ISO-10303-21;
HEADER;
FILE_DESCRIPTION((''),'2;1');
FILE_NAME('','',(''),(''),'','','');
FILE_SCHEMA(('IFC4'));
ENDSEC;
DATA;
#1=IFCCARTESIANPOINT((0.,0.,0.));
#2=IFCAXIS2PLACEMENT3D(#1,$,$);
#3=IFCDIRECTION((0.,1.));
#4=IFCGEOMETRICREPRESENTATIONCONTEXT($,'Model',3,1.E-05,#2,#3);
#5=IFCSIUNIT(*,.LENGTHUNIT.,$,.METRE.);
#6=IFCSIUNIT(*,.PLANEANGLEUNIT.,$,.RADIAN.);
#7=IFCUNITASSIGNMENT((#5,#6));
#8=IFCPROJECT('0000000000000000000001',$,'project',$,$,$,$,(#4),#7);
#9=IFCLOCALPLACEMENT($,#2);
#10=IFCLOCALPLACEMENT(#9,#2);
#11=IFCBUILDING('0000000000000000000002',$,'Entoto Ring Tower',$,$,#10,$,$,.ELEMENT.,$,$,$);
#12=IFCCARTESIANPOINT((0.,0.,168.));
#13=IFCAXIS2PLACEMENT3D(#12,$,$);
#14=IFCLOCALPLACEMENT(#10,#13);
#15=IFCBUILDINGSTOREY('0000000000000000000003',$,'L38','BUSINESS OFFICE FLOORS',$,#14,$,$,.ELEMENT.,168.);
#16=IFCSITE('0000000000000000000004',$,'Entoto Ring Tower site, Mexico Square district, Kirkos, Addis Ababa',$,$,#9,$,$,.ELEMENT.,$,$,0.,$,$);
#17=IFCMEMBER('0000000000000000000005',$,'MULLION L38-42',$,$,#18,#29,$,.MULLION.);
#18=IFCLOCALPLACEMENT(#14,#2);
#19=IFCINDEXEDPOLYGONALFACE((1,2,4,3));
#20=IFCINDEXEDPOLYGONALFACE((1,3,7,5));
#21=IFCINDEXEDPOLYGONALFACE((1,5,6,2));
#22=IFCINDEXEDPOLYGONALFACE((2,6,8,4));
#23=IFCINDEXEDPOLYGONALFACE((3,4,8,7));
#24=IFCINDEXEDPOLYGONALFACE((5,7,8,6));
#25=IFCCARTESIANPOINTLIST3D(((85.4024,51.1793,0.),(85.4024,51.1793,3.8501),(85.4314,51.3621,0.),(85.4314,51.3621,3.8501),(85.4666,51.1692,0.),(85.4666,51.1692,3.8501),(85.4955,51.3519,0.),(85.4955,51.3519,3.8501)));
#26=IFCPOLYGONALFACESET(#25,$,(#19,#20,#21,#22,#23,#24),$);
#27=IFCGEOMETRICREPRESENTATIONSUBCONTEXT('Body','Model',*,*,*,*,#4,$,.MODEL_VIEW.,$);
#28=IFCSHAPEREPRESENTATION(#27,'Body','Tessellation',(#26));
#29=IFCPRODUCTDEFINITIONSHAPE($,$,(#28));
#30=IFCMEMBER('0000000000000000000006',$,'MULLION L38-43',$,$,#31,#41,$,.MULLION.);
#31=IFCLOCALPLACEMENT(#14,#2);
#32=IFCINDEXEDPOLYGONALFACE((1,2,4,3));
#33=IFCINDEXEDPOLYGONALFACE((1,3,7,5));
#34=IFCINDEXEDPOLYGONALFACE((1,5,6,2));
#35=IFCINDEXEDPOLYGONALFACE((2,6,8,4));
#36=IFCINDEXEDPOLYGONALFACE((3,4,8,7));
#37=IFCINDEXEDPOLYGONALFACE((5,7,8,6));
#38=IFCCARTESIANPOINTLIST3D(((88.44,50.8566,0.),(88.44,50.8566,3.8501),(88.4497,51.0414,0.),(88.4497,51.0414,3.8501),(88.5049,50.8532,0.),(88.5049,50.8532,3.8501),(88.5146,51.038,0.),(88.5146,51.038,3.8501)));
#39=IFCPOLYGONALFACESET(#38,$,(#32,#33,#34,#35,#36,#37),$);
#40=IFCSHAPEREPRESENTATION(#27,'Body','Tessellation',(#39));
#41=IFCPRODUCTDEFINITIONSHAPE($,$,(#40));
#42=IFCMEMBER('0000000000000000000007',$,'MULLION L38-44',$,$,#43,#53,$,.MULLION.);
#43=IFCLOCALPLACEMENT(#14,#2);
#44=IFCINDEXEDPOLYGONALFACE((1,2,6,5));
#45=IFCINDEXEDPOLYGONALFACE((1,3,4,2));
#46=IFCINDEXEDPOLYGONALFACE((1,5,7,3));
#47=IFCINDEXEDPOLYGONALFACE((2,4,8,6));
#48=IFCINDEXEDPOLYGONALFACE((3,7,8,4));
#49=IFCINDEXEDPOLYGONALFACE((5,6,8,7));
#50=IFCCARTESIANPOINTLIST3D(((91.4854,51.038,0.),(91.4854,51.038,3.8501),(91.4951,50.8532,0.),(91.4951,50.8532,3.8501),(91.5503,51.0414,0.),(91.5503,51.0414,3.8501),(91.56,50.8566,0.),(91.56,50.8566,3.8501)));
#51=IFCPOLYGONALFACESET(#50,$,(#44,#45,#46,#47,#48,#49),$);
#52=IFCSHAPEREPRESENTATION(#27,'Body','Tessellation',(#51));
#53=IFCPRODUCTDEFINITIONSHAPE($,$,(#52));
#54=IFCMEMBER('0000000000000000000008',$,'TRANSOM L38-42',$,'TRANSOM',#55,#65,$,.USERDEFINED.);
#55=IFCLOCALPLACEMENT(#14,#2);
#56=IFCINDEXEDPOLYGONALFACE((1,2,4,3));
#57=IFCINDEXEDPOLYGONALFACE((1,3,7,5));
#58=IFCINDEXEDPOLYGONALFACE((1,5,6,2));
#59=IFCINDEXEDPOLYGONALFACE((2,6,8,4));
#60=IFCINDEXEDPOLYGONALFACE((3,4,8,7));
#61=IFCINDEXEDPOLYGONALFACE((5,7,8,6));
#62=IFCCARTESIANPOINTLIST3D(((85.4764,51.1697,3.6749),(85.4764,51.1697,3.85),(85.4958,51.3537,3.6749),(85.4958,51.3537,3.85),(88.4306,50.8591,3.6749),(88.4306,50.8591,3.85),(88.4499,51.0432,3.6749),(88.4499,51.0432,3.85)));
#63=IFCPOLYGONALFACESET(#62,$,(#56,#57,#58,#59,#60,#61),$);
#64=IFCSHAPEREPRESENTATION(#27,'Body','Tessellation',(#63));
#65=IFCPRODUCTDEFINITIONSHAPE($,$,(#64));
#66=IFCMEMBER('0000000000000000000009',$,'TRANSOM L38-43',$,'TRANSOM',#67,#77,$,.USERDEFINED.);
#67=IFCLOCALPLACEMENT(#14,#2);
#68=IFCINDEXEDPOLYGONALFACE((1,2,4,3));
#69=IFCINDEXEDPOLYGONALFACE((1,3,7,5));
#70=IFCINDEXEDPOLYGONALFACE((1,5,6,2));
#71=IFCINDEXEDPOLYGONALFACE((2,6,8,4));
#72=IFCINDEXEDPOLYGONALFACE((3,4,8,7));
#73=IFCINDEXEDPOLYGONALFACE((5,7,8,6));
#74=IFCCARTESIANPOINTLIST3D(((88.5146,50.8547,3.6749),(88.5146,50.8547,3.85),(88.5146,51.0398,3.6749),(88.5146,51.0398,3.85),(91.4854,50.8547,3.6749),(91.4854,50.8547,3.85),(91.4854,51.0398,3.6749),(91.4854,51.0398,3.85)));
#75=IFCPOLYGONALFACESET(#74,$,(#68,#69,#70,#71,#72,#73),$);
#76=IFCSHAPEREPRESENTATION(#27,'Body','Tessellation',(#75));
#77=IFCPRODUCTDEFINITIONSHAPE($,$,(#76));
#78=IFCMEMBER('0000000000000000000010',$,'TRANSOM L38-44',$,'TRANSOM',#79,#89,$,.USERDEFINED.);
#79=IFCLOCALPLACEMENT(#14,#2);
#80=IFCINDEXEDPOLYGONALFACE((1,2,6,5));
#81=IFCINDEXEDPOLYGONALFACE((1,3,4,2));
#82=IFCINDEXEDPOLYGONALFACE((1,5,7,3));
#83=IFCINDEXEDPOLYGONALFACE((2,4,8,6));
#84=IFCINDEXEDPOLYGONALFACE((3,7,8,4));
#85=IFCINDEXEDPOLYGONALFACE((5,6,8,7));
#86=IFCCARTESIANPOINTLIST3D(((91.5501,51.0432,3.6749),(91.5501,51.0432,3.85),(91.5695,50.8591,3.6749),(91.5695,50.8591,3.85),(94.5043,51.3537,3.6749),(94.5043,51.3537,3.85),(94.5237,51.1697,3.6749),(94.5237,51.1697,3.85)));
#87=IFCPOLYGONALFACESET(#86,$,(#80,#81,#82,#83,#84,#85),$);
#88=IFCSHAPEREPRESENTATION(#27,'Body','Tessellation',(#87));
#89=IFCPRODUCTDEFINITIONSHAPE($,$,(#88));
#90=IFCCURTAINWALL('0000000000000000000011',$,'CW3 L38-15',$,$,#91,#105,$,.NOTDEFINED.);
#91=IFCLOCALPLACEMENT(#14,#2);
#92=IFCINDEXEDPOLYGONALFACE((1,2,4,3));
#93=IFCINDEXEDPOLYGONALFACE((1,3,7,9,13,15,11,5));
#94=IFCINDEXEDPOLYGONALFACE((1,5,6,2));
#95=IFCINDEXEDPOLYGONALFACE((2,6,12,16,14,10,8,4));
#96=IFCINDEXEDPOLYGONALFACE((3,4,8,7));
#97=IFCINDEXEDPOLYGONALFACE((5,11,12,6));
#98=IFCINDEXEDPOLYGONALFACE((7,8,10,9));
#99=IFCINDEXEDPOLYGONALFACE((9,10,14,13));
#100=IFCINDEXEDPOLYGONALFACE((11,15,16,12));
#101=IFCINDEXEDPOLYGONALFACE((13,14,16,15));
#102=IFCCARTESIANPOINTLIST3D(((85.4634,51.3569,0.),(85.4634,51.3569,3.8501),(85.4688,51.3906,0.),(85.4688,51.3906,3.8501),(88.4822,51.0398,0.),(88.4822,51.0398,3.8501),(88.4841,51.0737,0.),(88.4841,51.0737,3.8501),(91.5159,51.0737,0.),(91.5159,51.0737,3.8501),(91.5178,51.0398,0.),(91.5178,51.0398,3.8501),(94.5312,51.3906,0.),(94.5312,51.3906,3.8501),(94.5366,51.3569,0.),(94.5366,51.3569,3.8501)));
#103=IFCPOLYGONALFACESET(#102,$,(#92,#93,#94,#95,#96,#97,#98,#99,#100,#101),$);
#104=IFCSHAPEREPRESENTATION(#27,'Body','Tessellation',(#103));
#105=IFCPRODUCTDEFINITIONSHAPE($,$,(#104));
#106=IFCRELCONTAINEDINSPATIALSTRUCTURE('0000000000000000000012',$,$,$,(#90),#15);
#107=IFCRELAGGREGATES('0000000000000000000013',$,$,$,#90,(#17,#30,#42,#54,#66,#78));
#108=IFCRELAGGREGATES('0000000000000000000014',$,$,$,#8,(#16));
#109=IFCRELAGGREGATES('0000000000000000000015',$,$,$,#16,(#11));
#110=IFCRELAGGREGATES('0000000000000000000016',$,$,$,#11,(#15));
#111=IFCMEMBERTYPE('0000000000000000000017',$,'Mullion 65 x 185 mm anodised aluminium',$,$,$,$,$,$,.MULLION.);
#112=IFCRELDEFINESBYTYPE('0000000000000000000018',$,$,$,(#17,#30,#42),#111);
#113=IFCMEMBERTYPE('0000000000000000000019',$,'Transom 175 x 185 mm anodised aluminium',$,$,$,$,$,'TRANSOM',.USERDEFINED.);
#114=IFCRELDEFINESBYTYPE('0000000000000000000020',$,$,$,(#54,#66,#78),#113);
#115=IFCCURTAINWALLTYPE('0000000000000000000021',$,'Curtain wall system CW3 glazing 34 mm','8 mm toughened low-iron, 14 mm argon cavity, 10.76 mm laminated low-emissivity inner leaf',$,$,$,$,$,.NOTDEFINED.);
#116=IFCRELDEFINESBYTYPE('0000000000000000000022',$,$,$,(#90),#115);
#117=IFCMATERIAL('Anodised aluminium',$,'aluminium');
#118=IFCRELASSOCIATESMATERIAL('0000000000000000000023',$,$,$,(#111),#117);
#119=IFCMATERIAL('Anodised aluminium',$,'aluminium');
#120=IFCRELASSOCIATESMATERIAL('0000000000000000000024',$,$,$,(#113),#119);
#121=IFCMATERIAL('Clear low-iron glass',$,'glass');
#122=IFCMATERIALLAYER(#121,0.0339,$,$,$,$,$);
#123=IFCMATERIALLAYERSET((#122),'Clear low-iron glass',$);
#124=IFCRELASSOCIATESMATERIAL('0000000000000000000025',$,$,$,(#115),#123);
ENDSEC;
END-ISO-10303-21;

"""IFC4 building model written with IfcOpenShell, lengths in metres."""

from ifc_helpers import new_model, si_unit, direction, frame, origin, origin_2d, place, context, subcontext, project, spatial, polyline, rectangle, outline, extrude, material, layer, layer_set, material_profile, profile_set, type_object, element, aggregate, save


model = new_model("IFC4")

# Units and contexts
model_context = context("Model", 3, precision=1e-05, world=origin(), true_north=direction((0.0, 1.0)))
body_context = subcontext(model_context, "Body", "Model", "MODEL_VIEW")
ifc_project = project(units=[si_unit("LENGTHUNIT", "METRE"), si_unit("PLANEANGLEUNIT", "RADIAN")], contexts=[model_context])

# Members
ifc_material_1 = material(Name="Anodised aluminium", Category="aluminium")
ifc_material_profile_1 = material_profile(ifc_material_1, rectangle(XDim=0.0649, YDim=0.1851, at=origin_2d()), Name="Mullion 65 x 185 mm anodised aluminium")
ifc_profile_set_1 = profile_set([ifc_material_profile_1], Name="Anodised aluminium")
member_type_1 = type_object("IfcMemberType", Name="Mullion 65 x 185 mm anodised aluminium", PredefinedType="MULLION", material=ifc_profile_set_1)
site_placement = place(None, origin())
building_placement = place(site_placement, origin())
storey_placement = place(building_placement, frame((0.0, 0.0, 168.0)))
member_1_placement = place(storey_placement, frame((85.449, 51.2656, 0.0), z_axis=(0.0, 0.0, 1.0), x_axis=(0.987688, -0.156434, 0.0)))
member_1 = element("IfcMember", 1, at=member_1_placement, type_object=member_type_1, Name="MULLION L38-42", PredefinedType="MULLION", context=body_context, shape_type="SweptSolid", body=[
    extrude(rectangle(XDim=0.0649, YDim=0.1851, at=origin_2d()), origin(), (0.0, 0.0, 1.0), 3.8501),
])
member_2_placement = place(storey_placement, frame((88.4773, 50.9473, 0.0), z_axis=(0.0, 0.0, 1.0), x_axis=(0.99863, -0.052336, 0.0)))
member_2 = element("IfcMember", 2, at=member_2_placement, type_object=member_type_1, Name="MULLION L38-43", PredefinedType="MULLION", context=body_context, shape_type="SweptSolid", body=[
    extrude(rectangle(XDim=0.0649, YDim=0.1851, at=origin_2d()), origin(), (0.0, 0.0, 1.0), 3.8501),
])
member_3_placement = place(storey_placement, frame((91.5227, 50.9473, 0.0), z_axis=(0.0, 0.0, 1.0), x_axis=(0.99863, 0.052336, 0.0)))
member_3 = element("IfcMember", 3, at=member_3_placement, type_object=member_type_1, Name="MULLION L38-44", PredefinedType="MULLION", context=body_context, shape_type="SweptSolid", body=[
    extrude(rectangle(XDim=0.0649, YDim=0.1851, at=origin_2d()), origin(), (0.0, 0.0, 1.0), 3.8501),
])
ifc_material_2 = material(Name="Anodised aluminium", Category="aluminium")
ifc_material_profile_2 = material_profile(ifc_material_2, rectangle(XDim=0.1851, YDim=0.175, at=origin_2d()), Name="Transom 175 x 185 mm anodised aluminium")
ifc_profile_set_2 = profile_set([ifc_material_profile_2], Name="Anodised aluminium")
member_type_2 = type_object("IfcMemberType", Name="Transom 175 x 185 mm anodised aluminium", ElementType="TRANSOM", PredefinedType="USERDEFINED", material=ifc_profile_set_2)
member_4_placement = place(storey_placement, frame((85.4861, 51.2617, 3.7625), z_axis=(0.99452, -0.104548, 0.0), x_axis=(0.104548, 0.99452, 0.0)))
member_4 = element("IfcMember", 4, at=member_4_placement, type_object=member_type_2, Name="TRANSOM L38-42", ObjectType="TRANSOM", PredefinedType="USERDEFINED", context=body_context, shape_type="SweptSolid", body=[
    extrude(rectangle(XDim=0.1851, YDim=0.175, at=origin_2d()), origin(), (0.0, 0.0, 1.0), 2.9705),
])
member_5_placement = place(storey_placement, frame((88.5146, 50.9473, 3.7625), z_axis=(1.0, 0.0, 0.0), x_axis=(0.0, 1.0, 0.0)))
member_5 = element("IfcMember", 5, at=member_5_placement, type_object=member_type_2, Name="TRANSOM L38-43", ObjectType="TRANSOM", PredefinedType="USERDEFINED", context=body_context, shape_type="SweptSolid", body=[
    extrude(rectangle(XDim=0.1851, YDim=0.175, at=origin_2d()), origin(), (0.0, 0.0, 1.0), 2.9707),
])
member_6_placement = place(storey_placement, frame((91.5598, 50.9512, 3.7625), z_axis=(0.99452, 0.104548, 0.0), x_axis=(-0.104548, 0.99452, 0.0)))
member_6 = element("IfcMember", 6, at=member_6_placement, type_object=member_type_2, Name="TRANSOM L38-44", ObjectType="TRANSOM", PredefinedType="USERDEFINED", context=body_context, shape_type="SweptSolid", body=[
    extrude(rectangle(XDim=0.1851, YDim=0.175, at=origin_2d()), origin(), (0.0, 0.0, 1.0), 2.9705),
])

# Site, building, storey
site = spatial("IfcSite", under=ifc_project, at=site_placement, Name="Entoto Ring Tower site, Mexico Square district, Kirkos, Addis Ababa", CompositionType="ELEMENT", RefElevation=0.0)
building = spatial("IfcBuilding", under=site, at=building_placement, Name="Entoto Ring Tower", CompositionType="ELEMENT")
storey = spatial("IfcBuildingStorey", under=building, at=storey_placement, Name="L38", Description="BUSINESS OFFICE FLOORS", CompositionType="ELEMENT", Elevation=168.0)

# Curtain wall
ifc_material_3 = material(Name="Clear low-iron glass", Category="glass")
ifc_layer = layer(ifc_material_3, 0.0339)
ifc_layer_set = layer_set([ifc_layer], Name="Clear low-iron glass")
curtain_wall_type = type_object("IfcCurtainWallType", Name="Curtain wall system CW3 glazing 34 mm", Description="8 mm toughened low-iron, 14 mm argon cavity, 10.76 mm laminated low-emissivity inner leaf", PredefinedType="NOTDEFINED", material=ifc_layer_set)
curtain_wall_1_placement = place(storey_placement, origin())
curtain_wall_1 = element("IfcCurtainWall", 7, at=curtain_wall_1_placement, inside=storey, type_object=curtain_wall_type, Name="CW3 L38-15", PredefinedType="NOTDEFINED", context=body_context, shape_type="SweptSolid", body=[
    extrude(outline(polyline([(85.4634, 51.3569), (88.4822, 51.0398), (91.5178, 51.0398), (94.5366, 51.3569), (94.5312, 51.3906), (91.5159, 51.0737), (88.4841, 51.0737), (85.4688, 51.3906), (85.4634, 51.3569)])), origin(), (0.0, 0.0, 1.0), 3.8501),
])
aggregate(curtain_wall_1, [member_1, member_2, member_3, member_4, member_5, member_6])

save(model, "model.ifc")
